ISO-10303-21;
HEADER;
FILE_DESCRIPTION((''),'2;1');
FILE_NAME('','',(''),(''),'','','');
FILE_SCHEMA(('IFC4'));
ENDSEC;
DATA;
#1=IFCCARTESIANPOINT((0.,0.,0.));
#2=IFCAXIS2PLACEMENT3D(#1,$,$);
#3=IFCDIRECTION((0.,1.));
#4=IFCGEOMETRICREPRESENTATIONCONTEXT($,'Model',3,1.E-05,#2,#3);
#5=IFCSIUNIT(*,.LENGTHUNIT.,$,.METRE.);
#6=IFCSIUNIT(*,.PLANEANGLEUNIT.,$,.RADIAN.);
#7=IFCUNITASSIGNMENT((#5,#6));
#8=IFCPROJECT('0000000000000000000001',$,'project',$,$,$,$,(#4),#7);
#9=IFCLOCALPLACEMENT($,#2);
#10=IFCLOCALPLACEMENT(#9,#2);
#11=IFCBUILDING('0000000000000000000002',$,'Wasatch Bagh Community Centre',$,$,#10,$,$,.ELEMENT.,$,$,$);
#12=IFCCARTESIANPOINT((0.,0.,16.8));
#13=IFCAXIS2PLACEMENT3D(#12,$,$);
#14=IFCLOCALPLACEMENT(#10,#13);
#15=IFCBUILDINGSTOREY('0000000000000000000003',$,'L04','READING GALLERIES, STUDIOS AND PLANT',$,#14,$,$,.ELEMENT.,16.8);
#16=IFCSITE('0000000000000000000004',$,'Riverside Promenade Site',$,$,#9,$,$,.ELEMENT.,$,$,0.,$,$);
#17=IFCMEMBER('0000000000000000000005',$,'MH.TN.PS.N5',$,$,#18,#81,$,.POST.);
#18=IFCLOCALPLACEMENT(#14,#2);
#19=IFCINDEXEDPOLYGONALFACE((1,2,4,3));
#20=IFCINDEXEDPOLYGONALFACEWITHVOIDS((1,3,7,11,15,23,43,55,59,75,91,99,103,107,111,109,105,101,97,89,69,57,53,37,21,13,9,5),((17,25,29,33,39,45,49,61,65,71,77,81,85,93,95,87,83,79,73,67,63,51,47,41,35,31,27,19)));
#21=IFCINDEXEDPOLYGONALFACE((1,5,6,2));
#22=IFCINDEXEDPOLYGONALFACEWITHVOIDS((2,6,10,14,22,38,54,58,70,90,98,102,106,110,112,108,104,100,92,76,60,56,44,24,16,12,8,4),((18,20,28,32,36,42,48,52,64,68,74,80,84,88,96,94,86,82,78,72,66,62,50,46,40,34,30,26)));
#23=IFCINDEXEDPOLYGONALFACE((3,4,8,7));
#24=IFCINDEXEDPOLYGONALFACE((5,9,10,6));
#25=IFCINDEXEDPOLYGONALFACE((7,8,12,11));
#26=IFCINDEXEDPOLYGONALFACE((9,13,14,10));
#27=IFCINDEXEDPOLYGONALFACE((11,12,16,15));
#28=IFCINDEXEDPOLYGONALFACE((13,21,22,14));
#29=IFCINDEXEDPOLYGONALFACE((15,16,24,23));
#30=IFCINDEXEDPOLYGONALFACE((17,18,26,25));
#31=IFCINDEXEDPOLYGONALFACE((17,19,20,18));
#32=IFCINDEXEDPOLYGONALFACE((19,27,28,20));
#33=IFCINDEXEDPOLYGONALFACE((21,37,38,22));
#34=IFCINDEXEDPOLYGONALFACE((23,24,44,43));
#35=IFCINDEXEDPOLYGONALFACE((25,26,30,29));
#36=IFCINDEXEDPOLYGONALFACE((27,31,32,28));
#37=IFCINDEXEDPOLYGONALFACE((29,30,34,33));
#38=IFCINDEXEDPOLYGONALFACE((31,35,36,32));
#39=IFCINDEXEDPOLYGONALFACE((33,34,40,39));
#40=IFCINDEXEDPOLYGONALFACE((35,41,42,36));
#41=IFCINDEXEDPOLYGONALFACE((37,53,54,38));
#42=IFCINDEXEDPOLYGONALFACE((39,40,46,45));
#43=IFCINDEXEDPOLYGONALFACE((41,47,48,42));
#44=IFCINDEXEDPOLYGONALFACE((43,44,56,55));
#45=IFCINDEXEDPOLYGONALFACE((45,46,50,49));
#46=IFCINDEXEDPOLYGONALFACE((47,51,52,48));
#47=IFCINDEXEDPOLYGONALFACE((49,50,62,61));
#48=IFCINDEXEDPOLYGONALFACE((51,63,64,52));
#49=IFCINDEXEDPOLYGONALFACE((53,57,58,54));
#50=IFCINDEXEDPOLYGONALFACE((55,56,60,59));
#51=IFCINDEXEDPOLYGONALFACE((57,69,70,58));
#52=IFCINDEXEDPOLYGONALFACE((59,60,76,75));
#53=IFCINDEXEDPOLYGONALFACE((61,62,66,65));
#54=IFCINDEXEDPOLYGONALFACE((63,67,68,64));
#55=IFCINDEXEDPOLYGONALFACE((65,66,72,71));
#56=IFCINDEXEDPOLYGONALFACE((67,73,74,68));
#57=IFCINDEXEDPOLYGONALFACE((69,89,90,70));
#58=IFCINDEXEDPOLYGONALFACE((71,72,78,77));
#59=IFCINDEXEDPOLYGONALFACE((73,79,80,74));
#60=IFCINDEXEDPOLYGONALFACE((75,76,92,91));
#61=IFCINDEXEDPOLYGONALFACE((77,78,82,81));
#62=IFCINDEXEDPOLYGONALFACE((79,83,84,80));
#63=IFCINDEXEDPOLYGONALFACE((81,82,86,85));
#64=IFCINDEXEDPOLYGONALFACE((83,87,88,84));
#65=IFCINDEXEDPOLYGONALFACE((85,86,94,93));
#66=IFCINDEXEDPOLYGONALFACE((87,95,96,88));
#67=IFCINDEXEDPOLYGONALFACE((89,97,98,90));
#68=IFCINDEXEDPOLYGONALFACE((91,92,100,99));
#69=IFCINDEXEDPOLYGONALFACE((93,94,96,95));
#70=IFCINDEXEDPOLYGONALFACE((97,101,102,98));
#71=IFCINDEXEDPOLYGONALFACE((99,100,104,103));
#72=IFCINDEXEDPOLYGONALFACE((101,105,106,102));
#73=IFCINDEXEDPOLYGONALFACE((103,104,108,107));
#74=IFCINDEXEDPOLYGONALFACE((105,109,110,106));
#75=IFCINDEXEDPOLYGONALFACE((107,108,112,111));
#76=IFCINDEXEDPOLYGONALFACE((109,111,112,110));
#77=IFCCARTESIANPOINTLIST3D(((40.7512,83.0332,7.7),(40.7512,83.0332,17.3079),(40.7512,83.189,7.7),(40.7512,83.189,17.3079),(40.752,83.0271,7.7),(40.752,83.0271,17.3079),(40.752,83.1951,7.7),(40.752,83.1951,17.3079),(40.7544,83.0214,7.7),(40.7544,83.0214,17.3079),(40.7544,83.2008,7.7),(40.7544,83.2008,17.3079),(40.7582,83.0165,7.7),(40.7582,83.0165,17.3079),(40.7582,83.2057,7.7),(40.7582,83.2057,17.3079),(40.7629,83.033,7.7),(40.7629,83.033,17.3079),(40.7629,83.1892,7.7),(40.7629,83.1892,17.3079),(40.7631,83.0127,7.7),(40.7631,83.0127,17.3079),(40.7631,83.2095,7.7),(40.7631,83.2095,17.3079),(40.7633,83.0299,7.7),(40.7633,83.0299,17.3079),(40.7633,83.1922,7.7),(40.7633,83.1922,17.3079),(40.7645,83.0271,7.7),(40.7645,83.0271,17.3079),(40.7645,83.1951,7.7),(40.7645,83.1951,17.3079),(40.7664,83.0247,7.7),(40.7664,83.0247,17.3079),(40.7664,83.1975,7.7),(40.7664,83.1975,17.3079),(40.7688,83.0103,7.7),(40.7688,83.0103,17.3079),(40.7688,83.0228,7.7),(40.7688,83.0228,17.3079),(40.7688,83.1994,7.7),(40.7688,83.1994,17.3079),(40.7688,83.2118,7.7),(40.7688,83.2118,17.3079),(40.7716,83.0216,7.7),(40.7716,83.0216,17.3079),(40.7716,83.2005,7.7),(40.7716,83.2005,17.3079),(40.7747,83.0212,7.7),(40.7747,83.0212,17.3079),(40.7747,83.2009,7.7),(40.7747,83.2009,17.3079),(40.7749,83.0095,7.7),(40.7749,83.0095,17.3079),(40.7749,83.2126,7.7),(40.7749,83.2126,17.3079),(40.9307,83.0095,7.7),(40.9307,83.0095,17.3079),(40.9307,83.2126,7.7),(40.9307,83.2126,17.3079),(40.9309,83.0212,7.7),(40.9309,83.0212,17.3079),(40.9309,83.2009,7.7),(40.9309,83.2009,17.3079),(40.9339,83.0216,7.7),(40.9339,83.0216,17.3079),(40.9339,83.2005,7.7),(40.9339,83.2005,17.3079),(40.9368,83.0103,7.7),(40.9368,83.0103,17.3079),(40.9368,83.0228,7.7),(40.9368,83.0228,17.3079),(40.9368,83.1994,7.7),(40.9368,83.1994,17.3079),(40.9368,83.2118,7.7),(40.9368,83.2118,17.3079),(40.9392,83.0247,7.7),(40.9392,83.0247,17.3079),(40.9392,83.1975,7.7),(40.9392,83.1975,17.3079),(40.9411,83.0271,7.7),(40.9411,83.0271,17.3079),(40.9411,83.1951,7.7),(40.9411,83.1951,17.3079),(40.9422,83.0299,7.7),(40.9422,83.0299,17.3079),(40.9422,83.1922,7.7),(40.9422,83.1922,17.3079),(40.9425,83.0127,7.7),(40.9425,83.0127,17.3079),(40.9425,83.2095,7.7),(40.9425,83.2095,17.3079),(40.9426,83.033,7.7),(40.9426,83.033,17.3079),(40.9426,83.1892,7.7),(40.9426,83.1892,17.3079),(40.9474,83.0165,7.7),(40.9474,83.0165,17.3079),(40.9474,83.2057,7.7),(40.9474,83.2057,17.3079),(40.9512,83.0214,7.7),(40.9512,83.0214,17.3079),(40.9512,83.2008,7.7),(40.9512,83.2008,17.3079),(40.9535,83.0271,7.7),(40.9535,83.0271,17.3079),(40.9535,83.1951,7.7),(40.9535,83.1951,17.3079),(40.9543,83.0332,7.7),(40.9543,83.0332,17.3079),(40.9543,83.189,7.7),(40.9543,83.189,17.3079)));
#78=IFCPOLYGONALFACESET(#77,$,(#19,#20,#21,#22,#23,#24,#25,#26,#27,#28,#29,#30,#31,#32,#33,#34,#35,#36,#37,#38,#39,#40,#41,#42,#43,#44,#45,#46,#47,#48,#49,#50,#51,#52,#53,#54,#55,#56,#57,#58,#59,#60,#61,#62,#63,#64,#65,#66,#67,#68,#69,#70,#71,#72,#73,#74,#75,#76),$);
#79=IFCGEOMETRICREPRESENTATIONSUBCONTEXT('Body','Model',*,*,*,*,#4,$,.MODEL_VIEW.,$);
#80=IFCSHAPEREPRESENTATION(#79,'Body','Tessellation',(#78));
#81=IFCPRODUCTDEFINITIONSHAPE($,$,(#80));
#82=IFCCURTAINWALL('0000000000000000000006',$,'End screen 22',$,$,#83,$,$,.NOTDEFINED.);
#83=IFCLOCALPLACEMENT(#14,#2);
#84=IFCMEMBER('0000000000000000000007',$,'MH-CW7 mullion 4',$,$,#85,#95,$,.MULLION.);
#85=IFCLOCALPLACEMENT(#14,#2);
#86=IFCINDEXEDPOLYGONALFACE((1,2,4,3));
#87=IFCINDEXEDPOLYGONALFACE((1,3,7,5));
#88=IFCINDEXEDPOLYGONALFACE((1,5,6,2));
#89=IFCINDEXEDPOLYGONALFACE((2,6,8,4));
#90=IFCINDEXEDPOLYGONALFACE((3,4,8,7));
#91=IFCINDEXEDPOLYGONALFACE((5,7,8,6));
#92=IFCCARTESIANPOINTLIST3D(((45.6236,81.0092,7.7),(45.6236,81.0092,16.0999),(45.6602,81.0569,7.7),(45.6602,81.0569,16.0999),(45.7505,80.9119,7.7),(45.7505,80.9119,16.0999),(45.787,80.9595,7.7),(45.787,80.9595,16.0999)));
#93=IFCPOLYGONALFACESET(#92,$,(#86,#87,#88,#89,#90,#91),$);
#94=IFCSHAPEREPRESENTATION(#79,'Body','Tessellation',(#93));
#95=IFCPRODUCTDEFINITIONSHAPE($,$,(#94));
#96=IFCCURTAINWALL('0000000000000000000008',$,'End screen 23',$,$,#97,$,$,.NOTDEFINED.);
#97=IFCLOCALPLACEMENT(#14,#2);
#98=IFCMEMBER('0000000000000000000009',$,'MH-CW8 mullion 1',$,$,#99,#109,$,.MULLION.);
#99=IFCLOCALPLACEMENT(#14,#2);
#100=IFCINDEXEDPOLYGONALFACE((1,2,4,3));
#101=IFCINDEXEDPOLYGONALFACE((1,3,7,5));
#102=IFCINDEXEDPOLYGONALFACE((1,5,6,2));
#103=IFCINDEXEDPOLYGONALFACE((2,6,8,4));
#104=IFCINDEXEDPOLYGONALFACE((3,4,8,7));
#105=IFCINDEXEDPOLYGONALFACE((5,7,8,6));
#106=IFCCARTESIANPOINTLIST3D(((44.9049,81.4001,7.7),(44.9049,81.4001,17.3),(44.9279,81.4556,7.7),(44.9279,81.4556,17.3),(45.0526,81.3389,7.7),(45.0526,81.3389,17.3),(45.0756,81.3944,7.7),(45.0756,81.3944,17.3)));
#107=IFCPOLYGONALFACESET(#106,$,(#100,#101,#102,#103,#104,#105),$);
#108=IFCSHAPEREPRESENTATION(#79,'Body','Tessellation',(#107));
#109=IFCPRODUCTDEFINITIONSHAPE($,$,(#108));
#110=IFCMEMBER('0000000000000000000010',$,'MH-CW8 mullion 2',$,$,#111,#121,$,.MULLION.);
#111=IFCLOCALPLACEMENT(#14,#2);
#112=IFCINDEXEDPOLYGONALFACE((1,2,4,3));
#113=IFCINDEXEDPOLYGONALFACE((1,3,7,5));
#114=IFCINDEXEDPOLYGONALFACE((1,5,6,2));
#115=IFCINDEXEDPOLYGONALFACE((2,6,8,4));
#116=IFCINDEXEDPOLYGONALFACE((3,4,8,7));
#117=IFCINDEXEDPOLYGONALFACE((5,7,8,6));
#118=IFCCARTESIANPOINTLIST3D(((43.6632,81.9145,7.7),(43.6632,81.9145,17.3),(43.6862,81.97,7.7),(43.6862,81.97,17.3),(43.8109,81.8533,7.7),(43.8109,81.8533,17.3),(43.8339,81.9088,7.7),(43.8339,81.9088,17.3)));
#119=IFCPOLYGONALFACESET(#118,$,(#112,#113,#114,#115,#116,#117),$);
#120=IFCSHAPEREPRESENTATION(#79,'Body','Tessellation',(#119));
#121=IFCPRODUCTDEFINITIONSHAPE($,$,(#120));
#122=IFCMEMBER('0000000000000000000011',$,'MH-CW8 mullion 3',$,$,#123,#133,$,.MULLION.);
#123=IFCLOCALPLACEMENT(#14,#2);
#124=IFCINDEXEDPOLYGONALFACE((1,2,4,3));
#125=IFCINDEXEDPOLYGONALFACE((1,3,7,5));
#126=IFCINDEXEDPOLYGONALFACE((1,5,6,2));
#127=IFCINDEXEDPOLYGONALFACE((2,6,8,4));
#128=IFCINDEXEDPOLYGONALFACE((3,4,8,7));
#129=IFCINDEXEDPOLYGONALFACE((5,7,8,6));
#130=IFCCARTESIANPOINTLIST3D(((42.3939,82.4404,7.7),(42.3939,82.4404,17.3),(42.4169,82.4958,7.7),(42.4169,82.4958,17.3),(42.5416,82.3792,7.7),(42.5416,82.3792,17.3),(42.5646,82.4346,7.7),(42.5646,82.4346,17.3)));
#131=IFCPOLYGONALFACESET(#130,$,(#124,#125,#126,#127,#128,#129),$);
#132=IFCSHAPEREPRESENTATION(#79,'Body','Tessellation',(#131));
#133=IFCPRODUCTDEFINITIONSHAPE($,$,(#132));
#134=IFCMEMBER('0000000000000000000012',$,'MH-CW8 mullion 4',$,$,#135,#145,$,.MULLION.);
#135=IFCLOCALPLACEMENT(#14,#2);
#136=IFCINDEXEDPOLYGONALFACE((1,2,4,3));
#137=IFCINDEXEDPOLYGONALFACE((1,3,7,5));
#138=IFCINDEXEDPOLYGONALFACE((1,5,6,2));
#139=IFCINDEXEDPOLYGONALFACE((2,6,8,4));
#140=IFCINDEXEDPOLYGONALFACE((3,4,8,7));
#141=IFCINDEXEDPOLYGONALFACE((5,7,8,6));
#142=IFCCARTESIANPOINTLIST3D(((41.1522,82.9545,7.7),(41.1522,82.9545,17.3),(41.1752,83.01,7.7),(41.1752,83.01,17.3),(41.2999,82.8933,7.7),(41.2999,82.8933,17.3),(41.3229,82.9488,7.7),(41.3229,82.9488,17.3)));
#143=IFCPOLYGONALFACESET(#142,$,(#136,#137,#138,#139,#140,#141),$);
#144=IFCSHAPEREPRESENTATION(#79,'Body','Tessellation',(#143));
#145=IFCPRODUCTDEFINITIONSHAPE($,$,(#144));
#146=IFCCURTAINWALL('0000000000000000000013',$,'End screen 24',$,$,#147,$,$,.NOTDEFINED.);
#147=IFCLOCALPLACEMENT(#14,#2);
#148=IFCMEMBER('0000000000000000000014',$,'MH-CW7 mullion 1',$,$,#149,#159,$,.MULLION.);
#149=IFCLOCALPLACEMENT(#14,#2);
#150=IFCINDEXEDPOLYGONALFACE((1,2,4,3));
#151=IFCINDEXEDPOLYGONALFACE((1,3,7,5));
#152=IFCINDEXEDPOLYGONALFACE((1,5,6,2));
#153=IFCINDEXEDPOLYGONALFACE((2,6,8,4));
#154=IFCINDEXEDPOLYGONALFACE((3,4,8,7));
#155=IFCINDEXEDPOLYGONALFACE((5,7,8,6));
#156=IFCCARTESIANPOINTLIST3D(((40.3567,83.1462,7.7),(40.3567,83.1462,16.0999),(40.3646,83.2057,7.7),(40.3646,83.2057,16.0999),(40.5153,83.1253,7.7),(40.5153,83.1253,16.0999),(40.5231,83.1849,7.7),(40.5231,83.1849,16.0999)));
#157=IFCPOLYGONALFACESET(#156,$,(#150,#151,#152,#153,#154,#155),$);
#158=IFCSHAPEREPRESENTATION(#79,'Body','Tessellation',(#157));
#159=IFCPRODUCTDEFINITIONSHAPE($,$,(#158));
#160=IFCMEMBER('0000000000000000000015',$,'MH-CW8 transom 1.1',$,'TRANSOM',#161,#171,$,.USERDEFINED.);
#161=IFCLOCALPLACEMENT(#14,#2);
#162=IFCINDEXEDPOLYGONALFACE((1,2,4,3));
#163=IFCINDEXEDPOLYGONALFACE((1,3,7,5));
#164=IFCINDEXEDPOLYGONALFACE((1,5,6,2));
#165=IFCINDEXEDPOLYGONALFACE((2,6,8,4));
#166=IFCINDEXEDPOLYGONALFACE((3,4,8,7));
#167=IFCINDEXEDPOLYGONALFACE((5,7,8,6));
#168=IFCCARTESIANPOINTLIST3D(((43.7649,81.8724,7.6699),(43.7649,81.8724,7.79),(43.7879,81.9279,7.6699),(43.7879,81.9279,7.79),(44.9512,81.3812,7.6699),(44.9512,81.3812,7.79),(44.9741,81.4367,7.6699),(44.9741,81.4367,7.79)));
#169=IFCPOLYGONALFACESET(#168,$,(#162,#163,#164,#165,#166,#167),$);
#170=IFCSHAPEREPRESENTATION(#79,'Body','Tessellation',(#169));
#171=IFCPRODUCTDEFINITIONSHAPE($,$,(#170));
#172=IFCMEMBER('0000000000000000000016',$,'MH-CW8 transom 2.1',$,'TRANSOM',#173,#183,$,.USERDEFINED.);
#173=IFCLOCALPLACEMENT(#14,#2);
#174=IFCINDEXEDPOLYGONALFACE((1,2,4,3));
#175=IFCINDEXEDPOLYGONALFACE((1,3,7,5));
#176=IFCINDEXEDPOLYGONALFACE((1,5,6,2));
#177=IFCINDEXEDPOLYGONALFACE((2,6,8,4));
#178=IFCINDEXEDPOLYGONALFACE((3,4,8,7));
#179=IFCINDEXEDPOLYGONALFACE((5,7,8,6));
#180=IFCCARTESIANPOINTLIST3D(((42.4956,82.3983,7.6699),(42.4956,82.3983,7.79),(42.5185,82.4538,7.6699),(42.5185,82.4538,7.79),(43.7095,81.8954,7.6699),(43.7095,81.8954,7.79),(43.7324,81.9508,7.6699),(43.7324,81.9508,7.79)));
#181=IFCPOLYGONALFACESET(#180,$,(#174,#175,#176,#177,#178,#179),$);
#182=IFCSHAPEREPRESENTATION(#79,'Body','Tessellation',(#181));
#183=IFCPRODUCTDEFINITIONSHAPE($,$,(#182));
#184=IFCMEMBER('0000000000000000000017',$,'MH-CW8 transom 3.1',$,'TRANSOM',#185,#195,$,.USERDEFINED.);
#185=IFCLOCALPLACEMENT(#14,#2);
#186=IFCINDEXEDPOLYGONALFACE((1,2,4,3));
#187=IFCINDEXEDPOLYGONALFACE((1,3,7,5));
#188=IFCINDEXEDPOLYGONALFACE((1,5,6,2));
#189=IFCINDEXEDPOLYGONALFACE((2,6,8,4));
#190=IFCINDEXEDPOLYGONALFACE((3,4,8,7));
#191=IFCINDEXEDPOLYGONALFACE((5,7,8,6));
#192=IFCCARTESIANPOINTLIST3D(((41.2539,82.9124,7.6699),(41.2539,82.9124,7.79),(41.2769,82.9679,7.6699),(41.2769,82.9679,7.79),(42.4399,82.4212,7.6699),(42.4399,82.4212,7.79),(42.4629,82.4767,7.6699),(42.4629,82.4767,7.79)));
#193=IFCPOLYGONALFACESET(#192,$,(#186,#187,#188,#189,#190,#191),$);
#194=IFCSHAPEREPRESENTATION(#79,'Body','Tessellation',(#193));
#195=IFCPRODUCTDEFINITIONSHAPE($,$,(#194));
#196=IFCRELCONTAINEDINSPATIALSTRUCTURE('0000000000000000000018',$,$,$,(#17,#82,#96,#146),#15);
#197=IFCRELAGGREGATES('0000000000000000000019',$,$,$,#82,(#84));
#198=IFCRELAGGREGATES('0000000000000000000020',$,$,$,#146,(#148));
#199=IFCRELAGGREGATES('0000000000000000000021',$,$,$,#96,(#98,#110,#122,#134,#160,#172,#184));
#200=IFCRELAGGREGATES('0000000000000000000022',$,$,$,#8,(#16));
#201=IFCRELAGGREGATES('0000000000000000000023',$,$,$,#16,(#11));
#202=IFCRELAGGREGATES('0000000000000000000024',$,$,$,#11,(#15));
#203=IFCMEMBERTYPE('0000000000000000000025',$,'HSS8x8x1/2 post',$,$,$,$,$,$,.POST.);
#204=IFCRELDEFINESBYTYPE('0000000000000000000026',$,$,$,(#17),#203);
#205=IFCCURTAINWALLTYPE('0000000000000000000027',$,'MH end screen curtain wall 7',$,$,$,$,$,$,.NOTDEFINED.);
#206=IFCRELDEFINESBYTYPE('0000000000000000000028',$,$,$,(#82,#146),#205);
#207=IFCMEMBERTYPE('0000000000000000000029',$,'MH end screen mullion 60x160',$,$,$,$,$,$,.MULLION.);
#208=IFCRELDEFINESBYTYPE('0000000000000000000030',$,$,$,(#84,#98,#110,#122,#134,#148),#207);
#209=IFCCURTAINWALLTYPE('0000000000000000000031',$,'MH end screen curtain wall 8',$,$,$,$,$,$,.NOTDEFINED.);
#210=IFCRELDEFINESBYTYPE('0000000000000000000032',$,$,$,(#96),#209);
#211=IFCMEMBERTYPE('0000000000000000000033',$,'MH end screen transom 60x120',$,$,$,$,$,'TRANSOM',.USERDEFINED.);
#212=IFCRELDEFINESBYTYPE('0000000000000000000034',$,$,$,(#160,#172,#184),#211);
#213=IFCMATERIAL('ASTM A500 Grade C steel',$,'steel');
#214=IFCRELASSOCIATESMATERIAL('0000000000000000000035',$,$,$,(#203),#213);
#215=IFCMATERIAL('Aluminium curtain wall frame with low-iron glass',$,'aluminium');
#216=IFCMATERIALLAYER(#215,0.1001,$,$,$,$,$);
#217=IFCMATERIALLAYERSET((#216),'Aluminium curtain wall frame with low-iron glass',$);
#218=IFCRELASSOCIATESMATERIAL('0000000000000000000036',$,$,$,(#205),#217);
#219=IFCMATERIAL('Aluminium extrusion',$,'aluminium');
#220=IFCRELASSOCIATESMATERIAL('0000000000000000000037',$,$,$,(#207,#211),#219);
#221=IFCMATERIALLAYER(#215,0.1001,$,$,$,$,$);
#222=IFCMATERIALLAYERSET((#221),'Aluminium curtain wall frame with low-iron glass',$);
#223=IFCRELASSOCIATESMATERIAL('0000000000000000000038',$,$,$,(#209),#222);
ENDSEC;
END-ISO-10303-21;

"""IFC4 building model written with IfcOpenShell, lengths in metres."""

from ifc_helpers import new_model, si_unit, direction, frame, origin, origin_2d, place, context, subcontext, project, spatial, rectangle, hollow_rectangle, extrude, material, layer, layer_set, material_profile, profile_set, type_object, element, aggregate, save


model = new_model("IFC4")

# Units and contexts
model_context = context("Model", 3, precision=1e-05, world=origin(), true_north=direction((0.0, 1.0)))
body_context = subcontext(model_context, "Body", "Model", "MODEL_VIEW")
ifc_project = project(units=[si_unit("LENGTHUNIT", "METRE"), si_unit("PLANEANGLEUNIT", "RADIAN")], contexts=[model_context])

# Site, building, storey
site_placement = place(None, origin())
site = spatial("IfcSite", under=ifc_project, at=site_placement, Name="Riverside Promenade Site", CompositionType="ELEMENT", RefElevation=0.0)
building_placement = place(site_placement, origin())
building = spatial("IfcBuilding", under=site, at=building_placement, Name="Wasatch Bagh Community Centre", CompositionType="ELEMENT")
storey_placement = place(building_placement, frame((0.0, 0.0, 16.8)))
storey = spatial("IfcBuildingStorey", under=building, at=storey_placement, Name="L04", Description="READING GALLERIES, STUDIOS AND PLANT", CompositionType="ELEMENT", Elevation=16.8)

# Member
ifc_material_1 = material(Name="ASTM A500 Grade C steel", Category="steel")
ifc_material_profile_1 = material_profile(ifc_material_1, hollow_rectangle(XDim=0.2031, YDim=0.2031, WallThickness=0.0117, InnerFilletRadius=0.0117, OuterFilletRadius=0.0237, at=origin_2d()), Name="HSS8x8x1/2")
ifc_profile_set_1 = profile_set([ifc_material_profile_1], Name="ASTM A500 Grade C steel")
member_type_1 = type_object("IfcMemberType", Name="HSS8x8x1/2 post", PredefinedType="POST", material=ifc_profile_set_1)
member_1_placement = place(storey_placement, frame((40.8528, 83.1111, 7.7), z_axis=(0.0, 0.0, 1.0), x_axis=(1.0, 0.0, 0.0)))
element("IfcMember", 1, at=member_1_placement, inside=storey, type_object=member_type_1, Name="MH.TN.PS.N5", PredefinedType="POST", context=body_context, shape_type="SweptSolid", body=[
    extrude(hollow_rectangle(XDim=0.2031, YDim=0.2031, WallThickness=0.0117, InnerFilletRadius=0.0117, OuterFilletRadius=0.0237, at=origin_2d()), origin(), (0.0, 0.0, 1.0), 9.6079),
])

# Curtain wall, member
ifc_material_2 = material(Name="Aluminium curtain wall frame with low-iron glass", Category="aluminium")
ifc_layer_1 = layer(ifc_material_2, 0.1001)
ifc_layer_set_1 = layer_set([ifc_layer_1], Name="Aluminium curtain wall frame with low-iron glass")
curtain_wall_type_1 = type_object("IfcCurtainWallType", Name="MH end screen curtain wall 7", PredefinedType="NOTDEFINED", material=ifc_layer_set_1)
curtain_wall_1_placement = place(storey_placement, origin())
curtain_wall_1 = element("IfcCurtainWall", 2, at=curtain_wall_1_placement, inside=storey, type_object=curtain_wall_type_1, Name="End screen 22", PredefinedType="NOTDEFINED")
ifc_material_3 = material(Name="Aluminium extrusion", Category="aluminium")
ifc_material_profile_2 = material_profile(ifc_material_3, rectangle(XDim=0.0601, YDim=0.1599, at=origin_2d()), Name="AL 60x160")
ifc_profile_set_2 = profile_set([ifc_material_profile_2], Name="Aluminium extrusion")
member_type_2 = type_object("IfcMemberType", Name="MH end screen mullion 60x160", PredefinedType="MULLION", material=ifc_profile_set_2)
member_2_placement = place(storey_placement, frame((45.7053, 80.9844, 7.7), z_axis=(0.0, 0.0, 1.0), x_axis=(-0.608761, -0.793353, 0.0)))
member_2 = element("IfcMember", 3, at=member_2_placement, type_object=member_type_2, Name="MH-CW7 mullion 4", PredefinedType="MULLION", context=body_context, shape_type="SweptSolid", body=[
    extrude(rectangle(XDim=0.0601, YDim=0.1599, at=origin_2d()), origin(), (0.0, 0.0, 1.0), 8.3999),
])
aggregate(curtain_wall_1, [member_2])

# Curtain wall, members
ifc_layer_2 = layer(ifc_material_2, 0.1001)
ifc_layer_set_2 = layer_set([ifc_layer_2], Name="Aluminium curtain wall frame with low-iron glass")
curtain_wall_type_2 = type_object("IfcCurtainWallType", Name="MH end screen curtain wall 8", PredefinedType="NOTDEFINED", material=ifc_layer_set_2)
curtain_wall_2_placement = place(storey_placement, origin())
curtain_wall_2 = element("IfcCurtainWall", 4, at=curtain_wall_2_placement, inside=storey, type_object=curtain_wall_type_2, Name="End screen 23", PredefinedType="NOTDEFINED")
member_3_placement = place(storey_placement, frame((44.9902, 81.3972, 7.7), z_axis=(0.0, 0.0, 1.0), x_axis=(-0.382683, -0.92388, 0.0)))
member_3 = element("IfcMember", 5, at=member_3_placement, type_object=member_type_2, Name="MH-CW8 mullion 1", PredefinedType="MULLION", context=body_context, shape_type="SweptSolid", body=[
    extrude(rectangle(XDim=0.0601, YDim=0.1599, at=origin_2d()), origin(), (0.0, 0.0, 1.0), 9.6001),
])
member_4_placement = place(storey_placement, frame((43.7485, 81.9116, 7.7), z_axis=(0.0, 0.0, 1.0), x_axis=(-0.382683, -0.92388, 0.0)))
member_4 = element("IfcMember", 6, at=member_4_placement, type_object=member_type_2, Name="MH-CW8 mullion 2", PredefinedType="MULLION", context=body_context, shape_type="SweptSolid", body=[
    extrude(rectangle(XDim=0.0601, YDim=0.1599, at=origin_2d()), origin(), (0.0, 0.0, 1.0), 9.6001),
])
member_5_placement = place(storey_placement, frame((42.4792, 82.4375, 7.7), z_axis=(0.0, 0.0, 1.0), x_axis=(-0.382683, -0.92388, 0.0)))
member_5 = element("IfcMember", 7, at=member_5_placement, type_object=member_type_2, Name="MH-CW8 mullion 3", PredefinedType="MULLION", context=body_context, shape_type="SweptSolid", body=[
    extrude(rectangle(XDim=0.0601, YDim=0.1599, at=origin_2d()), origin(), (0.0, 0.0, 1.0), 9.6001),
])
member_6_placement = place(storey_placement, frame((41.2375, 82.9517, 7.7), z_axis=(0.0, 0.0, 1.0), x_axis=(-0.382683, -0.92388, 0.0)))
member_6 = element("IfcMember", 8, at=member_6_placement, type_object=member_type_2, Name="MH-CW8 mullion 4", PredefinedType="MULLION", context=body_context, shape_type="SweptSolid", body=[
    extrude(rectangle(XDim=0.0601, YDim=0.1599, at=origin_2d()), origin(), (0.0, 0.0, 1.0), 9.6001),
])

# Curtain wall, member
curtain_wall_3_placement = place(storey_placement, origin())
curtain_wall_3 = element("IfcCurtainWall", 9, at=curtain_wall_3_placement, inside=storey, type_object=curtain_wall_type_1, Name="End screen 24", PredefinedType="NOTDEFINED")
member_7_placement = place(storey_placement, frame((40.4399, 83.1655, 7.7), z_axis=(0.0, 0.0, 1.0), x_axis=(-0.130526, -0.991445, 0.0)))
member_7 = element("IfcMember", 10, at=member_7_placement, type_object=member_type_2, Name="MH-CW7 mullion 1", PredefinedType="MULLION", context=body_context, shape_type="SweptSolid", body=[
    extrude(rectangle(XDim=0.0601, YDim=0.1599, at=origin_2d()), origin(), (0.0, 0.0, 1.0), 8.3999),
])
aggregate(curtain_wall_3, [member_7])

# Members
ifc_material_profile_3 = material_profile(ifc_material_3, rectangle(XDim=0.0601, YDim=0.1201, at=origin_2d()), Name="AL 60x120")
ifc_profile_set_3 = profile_set([ifc_material_profile_3], Name="Aluminium extrusion")
member_type_3 = type_object("IfcMemberType", Name="MH end screen transom 60x120", ElementType="TRANSOM", PredefinedType="USERDEFINED", material=ifc_profile_set_3)
member_8_placement = place(storey_placement, frame((44.9626, 81.4089, 7.73), z_axis=(-0.923924, 0.382576, 0.0), x_axis=(-0.382576, -0.923924, 0.0)))
member_8 = element("IfcMember", 11, at=member_8_placement, type_object=member_type_3, Name="MH-CW8 transom 1.1", ObjectType="TRANSOM", PredefinedType="USERDEFINED", context=body_context, shape_type="SweptSolid", body=[
    extrude(rectangle(XDim=0.0601, YDim=0.1201, at=origin_2d()), origin(), (0.0, 0.0, 1.0), 1.2839),
])
member_9_placement = place(storey_placement, frame((43.7209, 81.9231, 7.73), z_axis=(-0.923845, 0.382768, 0.0), x_axis=(-0.382768, -0.923845, 0.0)))
member_9 = element("IfcMember", 12, at=member_9_placement, type_object=member_type_3, Name="MH-CW8 transom 2.1", ObjectType="TRANSOM", PredefinedType="USERDEFINED", context=body_context, shape_type="SweptSolid", body=[
    extrude(rectangle(XDim=0.0601, YDim=0.1201, at=origin_2d()), origin(), (0.0, 0.0, 1.0), 1.314),
])
member_10_placement = place(storey_placement, frame((42.4514, 82.449, 7.73), z_axis=(-0.923896, 0.382643, 0.0), x_axis=(-0.382643, -0.923896, 0.0)))
member_10 = element("IfcMember", 13, at=member_10_placement, type_object=member_type_3, Name="MH-CW8 transom 3.1", ObjectType="TRANSOM", PredefinedType="USERDEFINED", context=body_context, shape_type="SweptSolid", body=[
    extrude(rectangle(XDim=0.0601, YDim=0.1201, at=origin_2d()), origin(), (0.0, 0.0, 1.0), 1.2837),
])
aggregate(curtain_wall_2, [member_3, member_4, member_5, member_6, member_8, member_9, member_10])

save(model, "model.ifc")
